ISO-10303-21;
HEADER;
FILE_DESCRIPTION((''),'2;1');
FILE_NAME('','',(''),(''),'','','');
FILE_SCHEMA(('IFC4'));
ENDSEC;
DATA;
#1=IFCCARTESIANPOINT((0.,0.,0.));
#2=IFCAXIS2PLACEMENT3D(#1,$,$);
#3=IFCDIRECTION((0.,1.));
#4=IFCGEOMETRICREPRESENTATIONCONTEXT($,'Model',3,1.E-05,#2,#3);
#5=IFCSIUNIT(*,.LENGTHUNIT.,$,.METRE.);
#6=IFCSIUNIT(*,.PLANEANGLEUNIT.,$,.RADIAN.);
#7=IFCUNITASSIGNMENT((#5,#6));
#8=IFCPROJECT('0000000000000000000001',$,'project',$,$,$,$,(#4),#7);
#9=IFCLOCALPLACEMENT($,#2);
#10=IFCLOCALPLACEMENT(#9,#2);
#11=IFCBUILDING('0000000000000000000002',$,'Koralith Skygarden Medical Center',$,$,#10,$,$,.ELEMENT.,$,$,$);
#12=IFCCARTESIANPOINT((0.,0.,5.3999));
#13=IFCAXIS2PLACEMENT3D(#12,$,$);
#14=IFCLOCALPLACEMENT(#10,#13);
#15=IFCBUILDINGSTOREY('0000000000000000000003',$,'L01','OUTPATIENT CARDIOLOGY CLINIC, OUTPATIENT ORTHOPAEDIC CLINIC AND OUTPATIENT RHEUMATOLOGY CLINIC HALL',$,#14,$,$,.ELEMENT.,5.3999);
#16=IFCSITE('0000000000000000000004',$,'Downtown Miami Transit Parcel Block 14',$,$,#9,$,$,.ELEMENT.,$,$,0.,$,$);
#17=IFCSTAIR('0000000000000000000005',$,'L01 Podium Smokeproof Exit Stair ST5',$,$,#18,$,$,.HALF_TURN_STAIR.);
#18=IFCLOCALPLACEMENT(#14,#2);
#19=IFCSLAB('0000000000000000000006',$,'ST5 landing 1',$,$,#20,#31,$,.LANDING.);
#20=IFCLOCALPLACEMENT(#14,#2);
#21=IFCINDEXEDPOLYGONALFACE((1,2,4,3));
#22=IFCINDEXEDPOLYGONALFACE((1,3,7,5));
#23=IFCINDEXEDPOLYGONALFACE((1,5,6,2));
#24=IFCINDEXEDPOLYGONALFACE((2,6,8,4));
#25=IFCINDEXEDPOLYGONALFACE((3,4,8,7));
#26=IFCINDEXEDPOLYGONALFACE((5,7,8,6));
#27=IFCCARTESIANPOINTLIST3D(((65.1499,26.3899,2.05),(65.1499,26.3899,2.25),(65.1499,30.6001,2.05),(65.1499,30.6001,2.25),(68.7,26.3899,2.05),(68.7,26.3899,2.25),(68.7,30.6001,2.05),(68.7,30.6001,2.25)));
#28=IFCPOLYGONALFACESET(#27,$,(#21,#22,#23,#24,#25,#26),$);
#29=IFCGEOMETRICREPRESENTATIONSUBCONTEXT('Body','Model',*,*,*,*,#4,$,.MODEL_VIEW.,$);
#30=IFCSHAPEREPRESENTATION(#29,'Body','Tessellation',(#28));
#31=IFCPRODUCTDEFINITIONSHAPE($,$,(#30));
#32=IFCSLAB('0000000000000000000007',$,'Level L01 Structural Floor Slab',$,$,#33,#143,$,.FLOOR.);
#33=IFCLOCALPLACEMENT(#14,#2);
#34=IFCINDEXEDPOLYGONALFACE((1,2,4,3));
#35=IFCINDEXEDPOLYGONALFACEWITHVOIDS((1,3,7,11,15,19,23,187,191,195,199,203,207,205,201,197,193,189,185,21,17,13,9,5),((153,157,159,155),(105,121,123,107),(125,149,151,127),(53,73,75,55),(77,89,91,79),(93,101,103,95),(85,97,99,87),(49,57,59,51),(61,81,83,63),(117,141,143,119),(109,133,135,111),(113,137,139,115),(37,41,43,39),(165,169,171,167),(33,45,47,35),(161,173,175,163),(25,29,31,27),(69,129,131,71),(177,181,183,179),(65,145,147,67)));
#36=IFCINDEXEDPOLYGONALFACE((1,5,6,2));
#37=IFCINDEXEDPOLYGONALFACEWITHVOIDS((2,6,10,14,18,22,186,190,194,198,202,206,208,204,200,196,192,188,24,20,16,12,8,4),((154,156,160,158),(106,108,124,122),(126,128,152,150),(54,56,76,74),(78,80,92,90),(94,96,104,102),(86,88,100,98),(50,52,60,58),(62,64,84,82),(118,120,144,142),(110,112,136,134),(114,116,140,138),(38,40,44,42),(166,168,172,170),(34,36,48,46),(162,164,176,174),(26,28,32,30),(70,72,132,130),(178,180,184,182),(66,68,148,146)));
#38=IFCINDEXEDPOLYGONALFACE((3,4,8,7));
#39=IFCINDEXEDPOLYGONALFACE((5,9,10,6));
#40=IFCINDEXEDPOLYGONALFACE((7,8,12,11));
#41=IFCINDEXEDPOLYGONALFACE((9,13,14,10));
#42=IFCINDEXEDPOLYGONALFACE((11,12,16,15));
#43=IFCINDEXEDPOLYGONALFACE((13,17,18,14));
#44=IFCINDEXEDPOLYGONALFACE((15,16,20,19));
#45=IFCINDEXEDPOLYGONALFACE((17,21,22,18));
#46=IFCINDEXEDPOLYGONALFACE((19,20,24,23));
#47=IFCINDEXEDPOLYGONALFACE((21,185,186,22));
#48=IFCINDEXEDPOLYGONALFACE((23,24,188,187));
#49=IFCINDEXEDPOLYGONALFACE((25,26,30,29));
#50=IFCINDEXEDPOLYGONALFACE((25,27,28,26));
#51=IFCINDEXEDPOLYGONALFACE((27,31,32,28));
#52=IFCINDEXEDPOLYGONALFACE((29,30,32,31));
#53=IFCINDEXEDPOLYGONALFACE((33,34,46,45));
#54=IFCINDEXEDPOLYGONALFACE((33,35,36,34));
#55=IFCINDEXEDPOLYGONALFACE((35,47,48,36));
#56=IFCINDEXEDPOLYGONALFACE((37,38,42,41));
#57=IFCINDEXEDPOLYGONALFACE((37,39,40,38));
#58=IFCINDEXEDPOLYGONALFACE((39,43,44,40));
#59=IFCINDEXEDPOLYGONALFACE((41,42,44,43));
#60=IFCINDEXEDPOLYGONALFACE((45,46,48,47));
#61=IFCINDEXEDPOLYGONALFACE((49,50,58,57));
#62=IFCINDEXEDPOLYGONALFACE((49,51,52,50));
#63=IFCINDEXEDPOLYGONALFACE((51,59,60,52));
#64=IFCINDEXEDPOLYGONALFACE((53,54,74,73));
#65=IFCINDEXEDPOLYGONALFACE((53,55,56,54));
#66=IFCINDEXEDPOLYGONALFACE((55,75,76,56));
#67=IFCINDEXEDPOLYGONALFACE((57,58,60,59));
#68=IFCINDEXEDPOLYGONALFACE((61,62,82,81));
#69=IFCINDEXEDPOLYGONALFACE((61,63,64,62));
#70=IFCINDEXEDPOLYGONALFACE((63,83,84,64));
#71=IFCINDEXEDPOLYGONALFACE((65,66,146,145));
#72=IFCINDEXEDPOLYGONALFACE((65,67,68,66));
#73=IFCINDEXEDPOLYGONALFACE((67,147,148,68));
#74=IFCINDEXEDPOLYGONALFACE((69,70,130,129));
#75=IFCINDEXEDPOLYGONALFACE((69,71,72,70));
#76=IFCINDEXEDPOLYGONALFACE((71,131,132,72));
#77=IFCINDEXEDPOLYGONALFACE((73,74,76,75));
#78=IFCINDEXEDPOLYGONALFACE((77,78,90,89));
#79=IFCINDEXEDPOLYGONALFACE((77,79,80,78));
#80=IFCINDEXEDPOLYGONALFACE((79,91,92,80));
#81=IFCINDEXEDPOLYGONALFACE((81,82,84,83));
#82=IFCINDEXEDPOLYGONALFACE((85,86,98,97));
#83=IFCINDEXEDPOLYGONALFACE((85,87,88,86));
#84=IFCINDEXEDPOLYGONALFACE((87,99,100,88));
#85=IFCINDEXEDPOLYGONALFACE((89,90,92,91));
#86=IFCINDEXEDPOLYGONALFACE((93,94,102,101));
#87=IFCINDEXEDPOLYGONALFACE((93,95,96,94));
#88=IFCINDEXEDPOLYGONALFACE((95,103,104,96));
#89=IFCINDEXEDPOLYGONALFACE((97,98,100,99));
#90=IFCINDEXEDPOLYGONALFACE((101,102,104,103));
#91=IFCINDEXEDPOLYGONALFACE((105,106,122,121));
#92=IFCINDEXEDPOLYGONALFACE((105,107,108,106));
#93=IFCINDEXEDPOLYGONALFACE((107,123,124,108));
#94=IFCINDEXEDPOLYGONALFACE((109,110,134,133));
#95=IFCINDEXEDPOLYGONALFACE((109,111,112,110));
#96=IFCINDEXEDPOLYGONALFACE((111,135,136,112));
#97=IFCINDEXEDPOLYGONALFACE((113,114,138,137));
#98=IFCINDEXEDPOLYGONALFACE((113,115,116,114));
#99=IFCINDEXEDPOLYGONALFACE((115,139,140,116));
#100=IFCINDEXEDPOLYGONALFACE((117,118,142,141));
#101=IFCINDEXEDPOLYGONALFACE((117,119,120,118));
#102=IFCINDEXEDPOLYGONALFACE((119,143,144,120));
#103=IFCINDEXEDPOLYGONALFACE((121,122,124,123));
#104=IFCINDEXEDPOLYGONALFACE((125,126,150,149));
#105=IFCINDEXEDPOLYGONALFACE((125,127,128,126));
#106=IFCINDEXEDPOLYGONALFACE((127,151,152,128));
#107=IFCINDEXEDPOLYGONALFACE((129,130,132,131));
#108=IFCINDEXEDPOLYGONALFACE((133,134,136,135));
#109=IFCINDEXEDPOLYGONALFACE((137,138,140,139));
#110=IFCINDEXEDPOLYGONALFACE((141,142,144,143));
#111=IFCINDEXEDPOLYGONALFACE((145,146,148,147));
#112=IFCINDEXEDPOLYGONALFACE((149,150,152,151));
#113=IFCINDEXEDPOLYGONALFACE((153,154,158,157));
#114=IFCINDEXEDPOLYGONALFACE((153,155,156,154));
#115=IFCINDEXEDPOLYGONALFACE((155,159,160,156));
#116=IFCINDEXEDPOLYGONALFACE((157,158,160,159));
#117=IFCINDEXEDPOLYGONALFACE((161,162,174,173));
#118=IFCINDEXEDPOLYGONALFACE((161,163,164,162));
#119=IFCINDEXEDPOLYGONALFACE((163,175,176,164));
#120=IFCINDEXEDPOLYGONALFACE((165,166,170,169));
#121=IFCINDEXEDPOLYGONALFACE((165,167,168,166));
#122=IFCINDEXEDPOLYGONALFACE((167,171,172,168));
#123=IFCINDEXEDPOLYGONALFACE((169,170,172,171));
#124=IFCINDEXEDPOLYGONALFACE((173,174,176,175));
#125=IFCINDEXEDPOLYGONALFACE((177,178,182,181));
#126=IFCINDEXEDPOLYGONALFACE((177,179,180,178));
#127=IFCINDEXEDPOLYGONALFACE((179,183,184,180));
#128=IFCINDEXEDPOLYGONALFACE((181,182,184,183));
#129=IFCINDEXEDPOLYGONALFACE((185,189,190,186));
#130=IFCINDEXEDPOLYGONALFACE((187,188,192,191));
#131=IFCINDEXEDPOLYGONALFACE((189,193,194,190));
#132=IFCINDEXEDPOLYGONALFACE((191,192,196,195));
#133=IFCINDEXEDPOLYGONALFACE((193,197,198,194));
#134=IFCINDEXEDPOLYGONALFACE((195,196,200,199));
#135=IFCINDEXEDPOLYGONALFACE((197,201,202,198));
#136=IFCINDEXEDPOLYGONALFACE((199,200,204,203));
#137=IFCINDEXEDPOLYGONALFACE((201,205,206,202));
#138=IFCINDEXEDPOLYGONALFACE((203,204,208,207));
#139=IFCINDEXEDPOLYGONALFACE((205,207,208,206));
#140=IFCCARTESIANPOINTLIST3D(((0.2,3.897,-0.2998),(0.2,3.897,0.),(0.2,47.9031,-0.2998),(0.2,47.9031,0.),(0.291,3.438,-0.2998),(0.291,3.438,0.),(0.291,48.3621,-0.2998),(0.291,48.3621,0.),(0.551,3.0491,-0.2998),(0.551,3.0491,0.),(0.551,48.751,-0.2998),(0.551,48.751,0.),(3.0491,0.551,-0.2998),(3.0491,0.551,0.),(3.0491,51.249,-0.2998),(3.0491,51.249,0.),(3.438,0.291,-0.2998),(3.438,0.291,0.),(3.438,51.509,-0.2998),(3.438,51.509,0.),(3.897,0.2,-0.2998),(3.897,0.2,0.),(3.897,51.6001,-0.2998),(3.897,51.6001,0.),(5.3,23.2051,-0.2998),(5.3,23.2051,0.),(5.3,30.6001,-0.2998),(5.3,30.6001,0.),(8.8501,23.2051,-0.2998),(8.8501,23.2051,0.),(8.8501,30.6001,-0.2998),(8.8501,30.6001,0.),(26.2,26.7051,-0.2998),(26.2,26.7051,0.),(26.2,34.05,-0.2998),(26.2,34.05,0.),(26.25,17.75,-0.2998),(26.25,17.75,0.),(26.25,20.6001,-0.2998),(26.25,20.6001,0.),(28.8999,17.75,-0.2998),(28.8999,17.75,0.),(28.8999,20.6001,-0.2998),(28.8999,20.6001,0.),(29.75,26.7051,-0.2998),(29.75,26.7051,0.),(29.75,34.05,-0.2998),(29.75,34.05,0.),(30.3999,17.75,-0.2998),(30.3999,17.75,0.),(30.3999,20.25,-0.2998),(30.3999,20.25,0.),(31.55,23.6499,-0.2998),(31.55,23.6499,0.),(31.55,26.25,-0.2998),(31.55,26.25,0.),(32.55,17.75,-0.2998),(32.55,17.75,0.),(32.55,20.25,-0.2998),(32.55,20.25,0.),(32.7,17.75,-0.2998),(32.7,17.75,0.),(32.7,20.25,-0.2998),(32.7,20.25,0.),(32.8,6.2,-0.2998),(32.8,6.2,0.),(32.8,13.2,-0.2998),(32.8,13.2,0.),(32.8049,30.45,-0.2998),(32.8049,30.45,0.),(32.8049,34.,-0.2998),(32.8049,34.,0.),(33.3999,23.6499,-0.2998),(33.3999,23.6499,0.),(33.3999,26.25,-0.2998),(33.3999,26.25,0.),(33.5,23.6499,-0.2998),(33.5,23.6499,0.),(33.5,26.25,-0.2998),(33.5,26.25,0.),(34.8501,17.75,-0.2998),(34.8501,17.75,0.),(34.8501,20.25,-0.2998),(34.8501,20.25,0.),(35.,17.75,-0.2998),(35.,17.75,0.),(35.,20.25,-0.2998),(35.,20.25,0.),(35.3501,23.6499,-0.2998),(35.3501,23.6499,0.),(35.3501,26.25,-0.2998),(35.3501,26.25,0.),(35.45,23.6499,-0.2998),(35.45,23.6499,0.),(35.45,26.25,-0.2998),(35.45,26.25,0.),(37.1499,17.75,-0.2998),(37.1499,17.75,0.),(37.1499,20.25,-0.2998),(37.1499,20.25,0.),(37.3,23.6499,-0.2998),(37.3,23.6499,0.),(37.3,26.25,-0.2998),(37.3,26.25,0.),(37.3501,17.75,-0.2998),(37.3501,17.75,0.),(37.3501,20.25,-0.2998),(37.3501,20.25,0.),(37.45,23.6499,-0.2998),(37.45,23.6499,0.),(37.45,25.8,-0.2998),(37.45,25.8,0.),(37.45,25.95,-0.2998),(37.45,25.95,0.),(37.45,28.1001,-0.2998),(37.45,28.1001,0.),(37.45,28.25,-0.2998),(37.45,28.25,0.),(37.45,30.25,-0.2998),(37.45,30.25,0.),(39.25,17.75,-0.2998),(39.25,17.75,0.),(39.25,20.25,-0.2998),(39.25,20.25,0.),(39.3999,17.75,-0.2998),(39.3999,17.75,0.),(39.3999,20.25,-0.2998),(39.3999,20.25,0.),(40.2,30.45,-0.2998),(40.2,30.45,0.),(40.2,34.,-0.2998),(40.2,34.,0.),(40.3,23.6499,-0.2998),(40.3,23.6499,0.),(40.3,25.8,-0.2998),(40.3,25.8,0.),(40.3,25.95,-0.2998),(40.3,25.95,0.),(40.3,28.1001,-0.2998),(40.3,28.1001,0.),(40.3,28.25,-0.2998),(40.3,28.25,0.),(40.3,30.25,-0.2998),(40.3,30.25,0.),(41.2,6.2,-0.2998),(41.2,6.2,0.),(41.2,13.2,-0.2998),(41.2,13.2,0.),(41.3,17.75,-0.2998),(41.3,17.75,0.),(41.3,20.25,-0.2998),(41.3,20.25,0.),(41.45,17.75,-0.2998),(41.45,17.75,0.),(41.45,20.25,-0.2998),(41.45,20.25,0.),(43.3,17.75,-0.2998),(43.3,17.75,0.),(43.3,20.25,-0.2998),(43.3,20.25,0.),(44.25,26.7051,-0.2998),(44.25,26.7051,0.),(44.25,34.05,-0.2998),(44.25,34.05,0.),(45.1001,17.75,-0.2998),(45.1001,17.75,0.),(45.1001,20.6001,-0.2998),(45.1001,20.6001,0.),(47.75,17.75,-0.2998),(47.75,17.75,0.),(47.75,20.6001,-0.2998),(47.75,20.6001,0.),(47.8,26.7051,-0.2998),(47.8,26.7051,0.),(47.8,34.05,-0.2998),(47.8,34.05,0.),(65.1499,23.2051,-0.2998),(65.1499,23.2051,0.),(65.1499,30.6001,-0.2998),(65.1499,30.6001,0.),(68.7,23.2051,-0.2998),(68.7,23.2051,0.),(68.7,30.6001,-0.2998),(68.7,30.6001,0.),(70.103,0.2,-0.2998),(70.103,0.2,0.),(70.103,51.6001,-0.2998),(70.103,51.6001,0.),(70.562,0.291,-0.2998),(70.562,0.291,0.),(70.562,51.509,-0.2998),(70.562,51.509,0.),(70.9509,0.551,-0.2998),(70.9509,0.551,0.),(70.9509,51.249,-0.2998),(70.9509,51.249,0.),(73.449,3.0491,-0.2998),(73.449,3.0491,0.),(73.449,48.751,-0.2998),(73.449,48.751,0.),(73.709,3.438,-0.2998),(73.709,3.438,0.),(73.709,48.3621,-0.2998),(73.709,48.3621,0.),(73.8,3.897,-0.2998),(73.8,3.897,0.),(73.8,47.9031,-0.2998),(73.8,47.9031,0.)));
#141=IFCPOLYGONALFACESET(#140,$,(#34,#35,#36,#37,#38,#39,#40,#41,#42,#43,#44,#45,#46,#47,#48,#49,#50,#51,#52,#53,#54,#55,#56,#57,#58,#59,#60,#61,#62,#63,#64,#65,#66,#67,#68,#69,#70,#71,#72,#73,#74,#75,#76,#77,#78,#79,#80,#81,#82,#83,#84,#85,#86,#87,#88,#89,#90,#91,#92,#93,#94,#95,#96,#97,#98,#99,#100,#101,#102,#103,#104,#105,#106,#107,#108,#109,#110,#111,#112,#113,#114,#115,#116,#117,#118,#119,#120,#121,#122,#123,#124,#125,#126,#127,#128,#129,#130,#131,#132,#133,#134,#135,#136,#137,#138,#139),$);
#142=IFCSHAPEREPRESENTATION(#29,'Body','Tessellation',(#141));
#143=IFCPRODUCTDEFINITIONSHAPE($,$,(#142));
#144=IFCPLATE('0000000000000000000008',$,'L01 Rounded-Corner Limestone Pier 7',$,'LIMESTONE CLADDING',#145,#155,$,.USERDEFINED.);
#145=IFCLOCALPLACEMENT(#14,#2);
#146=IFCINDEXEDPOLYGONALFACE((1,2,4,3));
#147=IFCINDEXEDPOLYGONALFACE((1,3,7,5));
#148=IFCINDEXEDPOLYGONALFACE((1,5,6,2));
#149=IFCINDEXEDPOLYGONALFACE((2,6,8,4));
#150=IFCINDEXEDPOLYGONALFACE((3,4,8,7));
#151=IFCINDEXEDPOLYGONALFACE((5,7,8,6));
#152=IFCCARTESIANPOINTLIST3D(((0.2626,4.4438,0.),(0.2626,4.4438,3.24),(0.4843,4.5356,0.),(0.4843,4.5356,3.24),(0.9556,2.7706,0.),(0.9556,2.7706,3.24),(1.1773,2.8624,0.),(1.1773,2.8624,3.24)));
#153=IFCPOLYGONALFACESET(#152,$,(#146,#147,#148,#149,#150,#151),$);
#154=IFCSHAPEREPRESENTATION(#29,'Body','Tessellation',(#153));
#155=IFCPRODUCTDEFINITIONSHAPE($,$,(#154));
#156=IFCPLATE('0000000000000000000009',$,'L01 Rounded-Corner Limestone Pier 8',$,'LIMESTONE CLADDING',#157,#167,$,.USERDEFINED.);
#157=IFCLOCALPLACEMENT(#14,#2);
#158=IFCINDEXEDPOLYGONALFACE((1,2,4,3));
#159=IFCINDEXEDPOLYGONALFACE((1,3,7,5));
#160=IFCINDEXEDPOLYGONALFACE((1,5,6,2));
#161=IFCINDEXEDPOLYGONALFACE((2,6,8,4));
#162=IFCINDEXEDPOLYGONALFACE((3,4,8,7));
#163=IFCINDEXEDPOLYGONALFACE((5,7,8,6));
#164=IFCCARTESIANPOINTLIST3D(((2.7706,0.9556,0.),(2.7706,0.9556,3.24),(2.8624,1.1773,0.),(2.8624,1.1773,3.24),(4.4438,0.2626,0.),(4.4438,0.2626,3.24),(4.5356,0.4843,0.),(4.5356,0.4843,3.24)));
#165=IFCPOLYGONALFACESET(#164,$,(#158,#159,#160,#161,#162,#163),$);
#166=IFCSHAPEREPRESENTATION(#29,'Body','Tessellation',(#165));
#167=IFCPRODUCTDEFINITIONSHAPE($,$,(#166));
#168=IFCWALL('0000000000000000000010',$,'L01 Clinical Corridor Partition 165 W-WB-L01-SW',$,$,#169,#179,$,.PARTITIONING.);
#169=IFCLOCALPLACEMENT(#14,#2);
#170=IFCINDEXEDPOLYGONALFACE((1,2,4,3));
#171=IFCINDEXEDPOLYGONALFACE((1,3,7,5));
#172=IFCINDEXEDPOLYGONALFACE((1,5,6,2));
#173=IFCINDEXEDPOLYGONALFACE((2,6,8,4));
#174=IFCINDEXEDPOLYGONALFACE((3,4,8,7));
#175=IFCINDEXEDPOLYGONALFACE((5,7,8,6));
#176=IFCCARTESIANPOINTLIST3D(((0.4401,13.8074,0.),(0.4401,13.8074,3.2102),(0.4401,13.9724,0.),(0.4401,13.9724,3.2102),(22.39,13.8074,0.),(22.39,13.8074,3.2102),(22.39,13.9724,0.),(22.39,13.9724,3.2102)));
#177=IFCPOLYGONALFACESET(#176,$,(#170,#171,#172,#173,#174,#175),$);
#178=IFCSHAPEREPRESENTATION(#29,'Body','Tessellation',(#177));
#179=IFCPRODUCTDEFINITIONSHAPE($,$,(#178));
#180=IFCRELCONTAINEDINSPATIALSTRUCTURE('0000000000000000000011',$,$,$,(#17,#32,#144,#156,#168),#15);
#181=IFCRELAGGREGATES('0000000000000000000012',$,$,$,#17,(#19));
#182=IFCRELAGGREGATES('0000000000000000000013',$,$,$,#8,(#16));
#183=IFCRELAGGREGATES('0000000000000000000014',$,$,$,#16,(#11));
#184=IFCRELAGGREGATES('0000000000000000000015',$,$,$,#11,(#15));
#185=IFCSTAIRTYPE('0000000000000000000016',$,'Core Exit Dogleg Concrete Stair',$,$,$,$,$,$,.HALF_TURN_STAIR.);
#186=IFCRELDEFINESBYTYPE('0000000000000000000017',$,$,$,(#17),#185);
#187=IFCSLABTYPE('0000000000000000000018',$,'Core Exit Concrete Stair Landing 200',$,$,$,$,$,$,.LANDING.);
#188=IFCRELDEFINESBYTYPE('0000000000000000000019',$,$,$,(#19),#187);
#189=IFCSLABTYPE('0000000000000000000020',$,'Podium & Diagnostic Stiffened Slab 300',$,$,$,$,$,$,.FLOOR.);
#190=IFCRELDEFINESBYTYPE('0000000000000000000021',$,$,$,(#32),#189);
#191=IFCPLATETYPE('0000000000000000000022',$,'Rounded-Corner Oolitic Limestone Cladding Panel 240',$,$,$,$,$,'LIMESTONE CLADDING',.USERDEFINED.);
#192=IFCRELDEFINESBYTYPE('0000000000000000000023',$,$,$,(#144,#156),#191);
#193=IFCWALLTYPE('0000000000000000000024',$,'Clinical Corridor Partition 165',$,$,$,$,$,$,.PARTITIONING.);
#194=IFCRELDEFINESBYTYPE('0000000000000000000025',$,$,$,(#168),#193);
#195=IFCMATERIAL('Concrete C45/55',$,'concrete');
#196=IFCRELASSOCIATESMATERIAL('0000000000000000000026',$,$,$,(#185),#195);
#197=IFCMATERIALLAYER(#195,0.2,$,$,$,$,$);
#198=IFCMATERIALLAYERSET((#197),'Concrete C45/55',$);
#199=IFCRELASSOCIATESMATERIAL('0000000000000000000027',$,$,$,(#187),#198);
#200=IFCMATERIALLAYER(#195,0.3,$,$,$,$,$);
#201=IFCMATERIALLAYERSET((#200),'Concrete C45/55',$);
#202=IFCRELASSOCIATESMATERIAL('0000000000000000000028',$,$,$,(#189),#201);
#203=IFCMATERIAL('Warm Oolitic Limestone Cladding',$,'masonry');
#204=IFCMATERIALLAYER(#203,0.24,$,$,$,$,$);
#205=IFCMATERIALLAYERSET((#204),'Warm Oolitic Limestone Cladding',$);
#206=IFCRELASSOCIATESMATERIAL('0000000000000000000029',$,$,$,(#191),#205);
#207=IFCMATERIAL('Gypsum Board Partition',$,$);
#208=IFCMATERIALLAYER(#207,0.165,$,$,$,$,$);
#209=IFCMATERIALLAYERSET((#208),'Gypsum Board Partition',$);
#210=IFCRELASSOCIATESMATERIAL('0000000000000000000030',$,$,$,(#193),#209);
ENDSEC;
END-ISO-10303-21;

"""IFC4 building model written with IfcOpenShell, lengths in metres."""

from ifc_helpers import new_model, si_unit, direction, frame, frame_2d, origin, origin_2d, place, context, subcontext, project, spatial, polyline, rectangle, outline, extrude, material, layer, layer_set, type_object, element, aggregate, save


model = new_model("IFC4")

# Units and contexts
model_context = context("Model", 3, precision=1e-05, world=origin(), true_north=direction((0.0, 1.0)))
body_context = subcontext(model_context, "Body", "Model", "MODEL_VIEW")
ifc_project = project(units=[si_unit("LENGTHUNIT", "METRE"), si_unit("PLANEANGLEUNIT", "RADIAN")], contexts=[model_context])

# Site, building, storey
site_placement = place(None, origin())
site = spatial("IfcSite", under=ifc_project, at=site_placement, Name="Downtown Miami Transit Parcel Block 14", CompositionType="ELEMENT", RefElevation=0.0)
building_placement = place(site_placement, origin())
building = spatial("IfcBuilding", under=site, at=building_placement, Name="Koralith Skygarden Medical Center", CompositionType="ELEMENT")
storey_placement = place(building_placement, frame((0.0, 0.0, 5.3999)))
storey = spatial("IfcBuildingStorey", under=building, at=storey_placement, Name="L01", Description="OUTPATIENT CARDIOLOGY CLINIC, OUTPATIENT ORTHOPAEDIC CLINIC AND OUTPATIENT RHEUMATOLOGY CLINIC HALL", CompositionType="ELEMENT", Elevation=5.3999)

# Stair, slab
ifc_material_1 = material(Name="Concrete C45/55", Category="concrete")
stair_type = type_object("IfcStairType", Name="Core Exit Dogleg Concrete Stair", PredefinedType="HALF_TURN_STAIR", material=ifc_material_1)
ifc_layer_1 = layer(ifc_material_1, 0.2)
ifc_layer_set_1 = layer_set([ifc_layer_1], Name="Concrete C45/55")
slab_type_1 = type_object("IfcSlabType", Name="Core Exit Concrete Stair Landing 200", PredefinedType="LANDING", material=ifc_layer_set_1)
stair_1_placement = place(storey_placement, origin())
stair_1 = element("IfcStair", 1, at=stair_1_placement, inside=storey, type_object=stair_type, Name="L01 Podium Smokeproof Exit Stair ST5", PredefinedType="HALF_TURN_STAIR")
slab_1_placement = place(storey_placement, frame((0.0, 0.0, 2.05)))
slab_1 = element("IfcSlab", 2, at=slab_1_placement, type_object=slab_type_1, Name="ST5 landing 1", PredefinedType="LANDING", context=body_context, shape_type="SweptSolid", body=[
    extrude(outline(polyline([(68.7, 26.3899), (68.7, 30.6001), (65.1499, 30.6001), (65.1499, 26.3899), (68.7, 26.3899)])), origin(), (0.0, 0.0, 1.0), 0.2),
])
aggregate(stair_1, [slab_1])

# Slab
ifc_layer_2 = layer(ifc_material_1, 0.3)
ifc_layer_set_2 = layer_set([ifc_layer_2], Name="Concrete C45/55")
slab_type_2 = type_object("IfcSlabType", Name="Podium & Diagnostic Stiffened Slab 300", PredefinedType="FLOOR", material=ifc_layer_set_2)
slab_2_placement = place(storey_placement, frame((0.0, 0.0, -0.2998)))
element("IfcSlab", 3, at=slab_2_placement, inside=storey, type_object=slab_type_2, Name="Level L01 Structural Floor Slab", PredefinedType="FLOOR", context=body_context, shape_type="SweptSolid", body=[
    extrude(outline(polyline([(3.0491, 0.551), (3.438, 0.291), (3.897, 0.2), (70.103, 0.2), (70.562, 0.291), (70.9509, 0.551), (73.449, 3.0491), (73.709, 3.438), (73.8, 3.897), (73.8, 47.9031), (73.709, 48.3621), (73.449, 48.751), (70.9509, 51.249), (70.562, 51.509), (70.103, 51.6001), (3.897, 51.6001), (3.438, 51.509), (3.0491, 51.249), (0.551, 48.751), (0.291, 48.3621), (0.2, 47.9031), (0.2, 3.897), (0.291, 3.438), (0.551, 3.0491), (3.0491, 0.551)]), holes=[polyline([(26.2, 26.7051), (29.75, 26.7051), (29.75, 34.05), (26.2, 34.05), (26.2, 26.7051)]), polyline([(44.25, 26.7051), (47.8, 26.7051), (47.8, 34.05), (44.25, 34.05), (44.25, 26.7051)]), polyline([(32.8049, 30.45), (40.2, 30.45), (40.2, 34.0), (32.8049, 34.0), (32.8049, 30.45)]), polyline([(5.3, 23.2051), (8.8501, 23.2051), (8.8501, 30.6001), (5.3, 30.6001), (5.3, 23.2051)]), polyline([(65.1499, 23.2051), (68.7, 23.2051), (68.7, 30.6001), (65.1499, 30.6001), (65.1499, 23.2051)]), polyline([(26.25, 17.75), (28.8999, 17.75), (28.8999, 20.6001), (26.25, 20.6001), (26.25, 17.75)]), polyline([(45.1001, 17.75), (47.75, 17.75), (47.75, 20.6001), (45.1001, 20.6001), (45.1001, 17.75)]), polyline([(30.3999, 17.75), (32.55, 17.75), (32.55, 20.25), (30.3999, 20.25), (30.3999, 17.75)]), polyline([(32.7, 17.75), (34.8501, 17.75), (34.8501, 20.25), (32.7, 20.25), (32.7, 17.75)]), polyline([(35.0, 17.75), (37.1499, 17.75), (37.1499, 20.25), (35.0, 20.25), (35.0, 17.75)]), polyline([(37.3501, 17.75), (39.25, 17.75), (39.25, 20.25), (37.3501, 20.25), (37.3501, 17.75)]), polyline([(39.3999, 17.75), (41.3, 17.75), (41.3, 20.25), (39.3999, 20.25), (39.3999, 17.75)]), polyline([(41.45, 17.75), (43.3, 17.75), (43.3, 20.25), (41.45, 20.25), (41.45, 17.75)]), polyline([(31.55, 23.6499), (33.3999, 23.6499), (33.3999, 26.25), (31.55, 26.25), (31.55, 23.6499)]), polyline([(33.5, 23.6499), (35.3501, 23.6499), (35.3501, 26.25), (33.5, 26.25), (33.5, 23.6499)]), polyline([(35.45, 23.6499), (37.3, 23.6499), (37.3, 26.25), (35.45, 26.25), (35.45, 23.6499)]), polyline([(37.45, 23.6499), (40.3, 23.6499), (40.3, 25.8), (37.45, 25.8), (37.45, 23.6499)]), polyline([(37.45, 25.95), (40.3, 25.95), (40.3, 28.1001), (37.45, 28.1001), (37.45, 25.95)]), polyline([(37.45, 28.25), (40.3, 28.25), (40.3, 30.25), (37.45, 30.25), (37.45, 28.25)]), polyline([(32.8, 6.2), (41.2, 6.2), (41.2, 13.2), (32.8, 13.2), (32.8, 6.2)])]), origin(), (0.0, 0.0, 1.0), 0.2998),
])

# Plates
ifc_material_2 = material(Name="Warm Oolitic Limestone Cladding", Category="masonry")
ifc_layer_3 = layer(ifc_material_2, 0.24)
ifc_layer_set_3 = layer_set([ifc_layer_3], Name="Warm Oolitic Limestone Cladding")
plate_type_1 = type_object("IfcPlateType", Name="Rounded-Corner Oolitic Limestone Cladding Panel 240", ElementType="LIMESTONE CLADDING", PredefinedType="USERDEFINED", material=ifc_layer_set_3)
for number, where, z_axis, x_axis, name in (
    (4, (0.72, 3.6531, 0.0), (0.0, 0.0, 1.0), (0.382671, -0.923885, 0.0), "L01 Rounded-Corner Limestone Pier 7"),
    (5, (3.6531, 0.72, 0.0), (0.0, 0.0, 1.0), (0.923885, -0.382671, 0.0), "L01 Rounded-Corner Limestone Pier 8"),
):
    element("IfcPlate", number, at=place(storey_placement, frame(where, z_axis=z_axis, x_axis=x_axis)), inside=storey, type_object=plate_type_1, Name=name, ObjectType="LIMESTONE CLADDING", PredefinedType="USERDEFINED", context=body_context, shape_type="SweptSolid", body=[
        extrude(rectangle(XDim=1.811, YDim=0.24, at=origin_2d()), origin(), (0.0, 0.0, 1.0), 3.24),
    ])

# Wall
ifc_material_3 = material(Name="Gypsum Board Partition")
ifc_layer_4 = layer(ifc_material_3, 0.165)
ifc_layer_set_4 = layer_set([ifc_layer_4], Name="Gypsum Board Partition")
wall_type_1 = type_object("IfcWallType", Name="Clinical Corridor Partition 165", PredefinedType="PARTITIONING", material=ifc_layer_set_4)
wall_1_placement = place(storey_placement, frame((0.4399, 13.8899, 0.0), z_axis=(0.0, 0.0, 1.0), x_axis=(1.0, 0.0, 0.0)))
element("IfcWall", 6, at=wall_1_placement, inside=storey, type_object=wall_type_1, Name="L01 Clinical Corridor Partition 165 W-WB-L01-SW", PredefinedType="PARTITIONING", context=body_context, shape_type="SweptSolid", body=[
    extrude(rectangle(XDim=21.95, YDim=0.165, at=frame_2d((10.9751, 0.0))), origin(), (0.0, 0.0, 1.0), 3.2102),
])

save(model, "model.ifc")
